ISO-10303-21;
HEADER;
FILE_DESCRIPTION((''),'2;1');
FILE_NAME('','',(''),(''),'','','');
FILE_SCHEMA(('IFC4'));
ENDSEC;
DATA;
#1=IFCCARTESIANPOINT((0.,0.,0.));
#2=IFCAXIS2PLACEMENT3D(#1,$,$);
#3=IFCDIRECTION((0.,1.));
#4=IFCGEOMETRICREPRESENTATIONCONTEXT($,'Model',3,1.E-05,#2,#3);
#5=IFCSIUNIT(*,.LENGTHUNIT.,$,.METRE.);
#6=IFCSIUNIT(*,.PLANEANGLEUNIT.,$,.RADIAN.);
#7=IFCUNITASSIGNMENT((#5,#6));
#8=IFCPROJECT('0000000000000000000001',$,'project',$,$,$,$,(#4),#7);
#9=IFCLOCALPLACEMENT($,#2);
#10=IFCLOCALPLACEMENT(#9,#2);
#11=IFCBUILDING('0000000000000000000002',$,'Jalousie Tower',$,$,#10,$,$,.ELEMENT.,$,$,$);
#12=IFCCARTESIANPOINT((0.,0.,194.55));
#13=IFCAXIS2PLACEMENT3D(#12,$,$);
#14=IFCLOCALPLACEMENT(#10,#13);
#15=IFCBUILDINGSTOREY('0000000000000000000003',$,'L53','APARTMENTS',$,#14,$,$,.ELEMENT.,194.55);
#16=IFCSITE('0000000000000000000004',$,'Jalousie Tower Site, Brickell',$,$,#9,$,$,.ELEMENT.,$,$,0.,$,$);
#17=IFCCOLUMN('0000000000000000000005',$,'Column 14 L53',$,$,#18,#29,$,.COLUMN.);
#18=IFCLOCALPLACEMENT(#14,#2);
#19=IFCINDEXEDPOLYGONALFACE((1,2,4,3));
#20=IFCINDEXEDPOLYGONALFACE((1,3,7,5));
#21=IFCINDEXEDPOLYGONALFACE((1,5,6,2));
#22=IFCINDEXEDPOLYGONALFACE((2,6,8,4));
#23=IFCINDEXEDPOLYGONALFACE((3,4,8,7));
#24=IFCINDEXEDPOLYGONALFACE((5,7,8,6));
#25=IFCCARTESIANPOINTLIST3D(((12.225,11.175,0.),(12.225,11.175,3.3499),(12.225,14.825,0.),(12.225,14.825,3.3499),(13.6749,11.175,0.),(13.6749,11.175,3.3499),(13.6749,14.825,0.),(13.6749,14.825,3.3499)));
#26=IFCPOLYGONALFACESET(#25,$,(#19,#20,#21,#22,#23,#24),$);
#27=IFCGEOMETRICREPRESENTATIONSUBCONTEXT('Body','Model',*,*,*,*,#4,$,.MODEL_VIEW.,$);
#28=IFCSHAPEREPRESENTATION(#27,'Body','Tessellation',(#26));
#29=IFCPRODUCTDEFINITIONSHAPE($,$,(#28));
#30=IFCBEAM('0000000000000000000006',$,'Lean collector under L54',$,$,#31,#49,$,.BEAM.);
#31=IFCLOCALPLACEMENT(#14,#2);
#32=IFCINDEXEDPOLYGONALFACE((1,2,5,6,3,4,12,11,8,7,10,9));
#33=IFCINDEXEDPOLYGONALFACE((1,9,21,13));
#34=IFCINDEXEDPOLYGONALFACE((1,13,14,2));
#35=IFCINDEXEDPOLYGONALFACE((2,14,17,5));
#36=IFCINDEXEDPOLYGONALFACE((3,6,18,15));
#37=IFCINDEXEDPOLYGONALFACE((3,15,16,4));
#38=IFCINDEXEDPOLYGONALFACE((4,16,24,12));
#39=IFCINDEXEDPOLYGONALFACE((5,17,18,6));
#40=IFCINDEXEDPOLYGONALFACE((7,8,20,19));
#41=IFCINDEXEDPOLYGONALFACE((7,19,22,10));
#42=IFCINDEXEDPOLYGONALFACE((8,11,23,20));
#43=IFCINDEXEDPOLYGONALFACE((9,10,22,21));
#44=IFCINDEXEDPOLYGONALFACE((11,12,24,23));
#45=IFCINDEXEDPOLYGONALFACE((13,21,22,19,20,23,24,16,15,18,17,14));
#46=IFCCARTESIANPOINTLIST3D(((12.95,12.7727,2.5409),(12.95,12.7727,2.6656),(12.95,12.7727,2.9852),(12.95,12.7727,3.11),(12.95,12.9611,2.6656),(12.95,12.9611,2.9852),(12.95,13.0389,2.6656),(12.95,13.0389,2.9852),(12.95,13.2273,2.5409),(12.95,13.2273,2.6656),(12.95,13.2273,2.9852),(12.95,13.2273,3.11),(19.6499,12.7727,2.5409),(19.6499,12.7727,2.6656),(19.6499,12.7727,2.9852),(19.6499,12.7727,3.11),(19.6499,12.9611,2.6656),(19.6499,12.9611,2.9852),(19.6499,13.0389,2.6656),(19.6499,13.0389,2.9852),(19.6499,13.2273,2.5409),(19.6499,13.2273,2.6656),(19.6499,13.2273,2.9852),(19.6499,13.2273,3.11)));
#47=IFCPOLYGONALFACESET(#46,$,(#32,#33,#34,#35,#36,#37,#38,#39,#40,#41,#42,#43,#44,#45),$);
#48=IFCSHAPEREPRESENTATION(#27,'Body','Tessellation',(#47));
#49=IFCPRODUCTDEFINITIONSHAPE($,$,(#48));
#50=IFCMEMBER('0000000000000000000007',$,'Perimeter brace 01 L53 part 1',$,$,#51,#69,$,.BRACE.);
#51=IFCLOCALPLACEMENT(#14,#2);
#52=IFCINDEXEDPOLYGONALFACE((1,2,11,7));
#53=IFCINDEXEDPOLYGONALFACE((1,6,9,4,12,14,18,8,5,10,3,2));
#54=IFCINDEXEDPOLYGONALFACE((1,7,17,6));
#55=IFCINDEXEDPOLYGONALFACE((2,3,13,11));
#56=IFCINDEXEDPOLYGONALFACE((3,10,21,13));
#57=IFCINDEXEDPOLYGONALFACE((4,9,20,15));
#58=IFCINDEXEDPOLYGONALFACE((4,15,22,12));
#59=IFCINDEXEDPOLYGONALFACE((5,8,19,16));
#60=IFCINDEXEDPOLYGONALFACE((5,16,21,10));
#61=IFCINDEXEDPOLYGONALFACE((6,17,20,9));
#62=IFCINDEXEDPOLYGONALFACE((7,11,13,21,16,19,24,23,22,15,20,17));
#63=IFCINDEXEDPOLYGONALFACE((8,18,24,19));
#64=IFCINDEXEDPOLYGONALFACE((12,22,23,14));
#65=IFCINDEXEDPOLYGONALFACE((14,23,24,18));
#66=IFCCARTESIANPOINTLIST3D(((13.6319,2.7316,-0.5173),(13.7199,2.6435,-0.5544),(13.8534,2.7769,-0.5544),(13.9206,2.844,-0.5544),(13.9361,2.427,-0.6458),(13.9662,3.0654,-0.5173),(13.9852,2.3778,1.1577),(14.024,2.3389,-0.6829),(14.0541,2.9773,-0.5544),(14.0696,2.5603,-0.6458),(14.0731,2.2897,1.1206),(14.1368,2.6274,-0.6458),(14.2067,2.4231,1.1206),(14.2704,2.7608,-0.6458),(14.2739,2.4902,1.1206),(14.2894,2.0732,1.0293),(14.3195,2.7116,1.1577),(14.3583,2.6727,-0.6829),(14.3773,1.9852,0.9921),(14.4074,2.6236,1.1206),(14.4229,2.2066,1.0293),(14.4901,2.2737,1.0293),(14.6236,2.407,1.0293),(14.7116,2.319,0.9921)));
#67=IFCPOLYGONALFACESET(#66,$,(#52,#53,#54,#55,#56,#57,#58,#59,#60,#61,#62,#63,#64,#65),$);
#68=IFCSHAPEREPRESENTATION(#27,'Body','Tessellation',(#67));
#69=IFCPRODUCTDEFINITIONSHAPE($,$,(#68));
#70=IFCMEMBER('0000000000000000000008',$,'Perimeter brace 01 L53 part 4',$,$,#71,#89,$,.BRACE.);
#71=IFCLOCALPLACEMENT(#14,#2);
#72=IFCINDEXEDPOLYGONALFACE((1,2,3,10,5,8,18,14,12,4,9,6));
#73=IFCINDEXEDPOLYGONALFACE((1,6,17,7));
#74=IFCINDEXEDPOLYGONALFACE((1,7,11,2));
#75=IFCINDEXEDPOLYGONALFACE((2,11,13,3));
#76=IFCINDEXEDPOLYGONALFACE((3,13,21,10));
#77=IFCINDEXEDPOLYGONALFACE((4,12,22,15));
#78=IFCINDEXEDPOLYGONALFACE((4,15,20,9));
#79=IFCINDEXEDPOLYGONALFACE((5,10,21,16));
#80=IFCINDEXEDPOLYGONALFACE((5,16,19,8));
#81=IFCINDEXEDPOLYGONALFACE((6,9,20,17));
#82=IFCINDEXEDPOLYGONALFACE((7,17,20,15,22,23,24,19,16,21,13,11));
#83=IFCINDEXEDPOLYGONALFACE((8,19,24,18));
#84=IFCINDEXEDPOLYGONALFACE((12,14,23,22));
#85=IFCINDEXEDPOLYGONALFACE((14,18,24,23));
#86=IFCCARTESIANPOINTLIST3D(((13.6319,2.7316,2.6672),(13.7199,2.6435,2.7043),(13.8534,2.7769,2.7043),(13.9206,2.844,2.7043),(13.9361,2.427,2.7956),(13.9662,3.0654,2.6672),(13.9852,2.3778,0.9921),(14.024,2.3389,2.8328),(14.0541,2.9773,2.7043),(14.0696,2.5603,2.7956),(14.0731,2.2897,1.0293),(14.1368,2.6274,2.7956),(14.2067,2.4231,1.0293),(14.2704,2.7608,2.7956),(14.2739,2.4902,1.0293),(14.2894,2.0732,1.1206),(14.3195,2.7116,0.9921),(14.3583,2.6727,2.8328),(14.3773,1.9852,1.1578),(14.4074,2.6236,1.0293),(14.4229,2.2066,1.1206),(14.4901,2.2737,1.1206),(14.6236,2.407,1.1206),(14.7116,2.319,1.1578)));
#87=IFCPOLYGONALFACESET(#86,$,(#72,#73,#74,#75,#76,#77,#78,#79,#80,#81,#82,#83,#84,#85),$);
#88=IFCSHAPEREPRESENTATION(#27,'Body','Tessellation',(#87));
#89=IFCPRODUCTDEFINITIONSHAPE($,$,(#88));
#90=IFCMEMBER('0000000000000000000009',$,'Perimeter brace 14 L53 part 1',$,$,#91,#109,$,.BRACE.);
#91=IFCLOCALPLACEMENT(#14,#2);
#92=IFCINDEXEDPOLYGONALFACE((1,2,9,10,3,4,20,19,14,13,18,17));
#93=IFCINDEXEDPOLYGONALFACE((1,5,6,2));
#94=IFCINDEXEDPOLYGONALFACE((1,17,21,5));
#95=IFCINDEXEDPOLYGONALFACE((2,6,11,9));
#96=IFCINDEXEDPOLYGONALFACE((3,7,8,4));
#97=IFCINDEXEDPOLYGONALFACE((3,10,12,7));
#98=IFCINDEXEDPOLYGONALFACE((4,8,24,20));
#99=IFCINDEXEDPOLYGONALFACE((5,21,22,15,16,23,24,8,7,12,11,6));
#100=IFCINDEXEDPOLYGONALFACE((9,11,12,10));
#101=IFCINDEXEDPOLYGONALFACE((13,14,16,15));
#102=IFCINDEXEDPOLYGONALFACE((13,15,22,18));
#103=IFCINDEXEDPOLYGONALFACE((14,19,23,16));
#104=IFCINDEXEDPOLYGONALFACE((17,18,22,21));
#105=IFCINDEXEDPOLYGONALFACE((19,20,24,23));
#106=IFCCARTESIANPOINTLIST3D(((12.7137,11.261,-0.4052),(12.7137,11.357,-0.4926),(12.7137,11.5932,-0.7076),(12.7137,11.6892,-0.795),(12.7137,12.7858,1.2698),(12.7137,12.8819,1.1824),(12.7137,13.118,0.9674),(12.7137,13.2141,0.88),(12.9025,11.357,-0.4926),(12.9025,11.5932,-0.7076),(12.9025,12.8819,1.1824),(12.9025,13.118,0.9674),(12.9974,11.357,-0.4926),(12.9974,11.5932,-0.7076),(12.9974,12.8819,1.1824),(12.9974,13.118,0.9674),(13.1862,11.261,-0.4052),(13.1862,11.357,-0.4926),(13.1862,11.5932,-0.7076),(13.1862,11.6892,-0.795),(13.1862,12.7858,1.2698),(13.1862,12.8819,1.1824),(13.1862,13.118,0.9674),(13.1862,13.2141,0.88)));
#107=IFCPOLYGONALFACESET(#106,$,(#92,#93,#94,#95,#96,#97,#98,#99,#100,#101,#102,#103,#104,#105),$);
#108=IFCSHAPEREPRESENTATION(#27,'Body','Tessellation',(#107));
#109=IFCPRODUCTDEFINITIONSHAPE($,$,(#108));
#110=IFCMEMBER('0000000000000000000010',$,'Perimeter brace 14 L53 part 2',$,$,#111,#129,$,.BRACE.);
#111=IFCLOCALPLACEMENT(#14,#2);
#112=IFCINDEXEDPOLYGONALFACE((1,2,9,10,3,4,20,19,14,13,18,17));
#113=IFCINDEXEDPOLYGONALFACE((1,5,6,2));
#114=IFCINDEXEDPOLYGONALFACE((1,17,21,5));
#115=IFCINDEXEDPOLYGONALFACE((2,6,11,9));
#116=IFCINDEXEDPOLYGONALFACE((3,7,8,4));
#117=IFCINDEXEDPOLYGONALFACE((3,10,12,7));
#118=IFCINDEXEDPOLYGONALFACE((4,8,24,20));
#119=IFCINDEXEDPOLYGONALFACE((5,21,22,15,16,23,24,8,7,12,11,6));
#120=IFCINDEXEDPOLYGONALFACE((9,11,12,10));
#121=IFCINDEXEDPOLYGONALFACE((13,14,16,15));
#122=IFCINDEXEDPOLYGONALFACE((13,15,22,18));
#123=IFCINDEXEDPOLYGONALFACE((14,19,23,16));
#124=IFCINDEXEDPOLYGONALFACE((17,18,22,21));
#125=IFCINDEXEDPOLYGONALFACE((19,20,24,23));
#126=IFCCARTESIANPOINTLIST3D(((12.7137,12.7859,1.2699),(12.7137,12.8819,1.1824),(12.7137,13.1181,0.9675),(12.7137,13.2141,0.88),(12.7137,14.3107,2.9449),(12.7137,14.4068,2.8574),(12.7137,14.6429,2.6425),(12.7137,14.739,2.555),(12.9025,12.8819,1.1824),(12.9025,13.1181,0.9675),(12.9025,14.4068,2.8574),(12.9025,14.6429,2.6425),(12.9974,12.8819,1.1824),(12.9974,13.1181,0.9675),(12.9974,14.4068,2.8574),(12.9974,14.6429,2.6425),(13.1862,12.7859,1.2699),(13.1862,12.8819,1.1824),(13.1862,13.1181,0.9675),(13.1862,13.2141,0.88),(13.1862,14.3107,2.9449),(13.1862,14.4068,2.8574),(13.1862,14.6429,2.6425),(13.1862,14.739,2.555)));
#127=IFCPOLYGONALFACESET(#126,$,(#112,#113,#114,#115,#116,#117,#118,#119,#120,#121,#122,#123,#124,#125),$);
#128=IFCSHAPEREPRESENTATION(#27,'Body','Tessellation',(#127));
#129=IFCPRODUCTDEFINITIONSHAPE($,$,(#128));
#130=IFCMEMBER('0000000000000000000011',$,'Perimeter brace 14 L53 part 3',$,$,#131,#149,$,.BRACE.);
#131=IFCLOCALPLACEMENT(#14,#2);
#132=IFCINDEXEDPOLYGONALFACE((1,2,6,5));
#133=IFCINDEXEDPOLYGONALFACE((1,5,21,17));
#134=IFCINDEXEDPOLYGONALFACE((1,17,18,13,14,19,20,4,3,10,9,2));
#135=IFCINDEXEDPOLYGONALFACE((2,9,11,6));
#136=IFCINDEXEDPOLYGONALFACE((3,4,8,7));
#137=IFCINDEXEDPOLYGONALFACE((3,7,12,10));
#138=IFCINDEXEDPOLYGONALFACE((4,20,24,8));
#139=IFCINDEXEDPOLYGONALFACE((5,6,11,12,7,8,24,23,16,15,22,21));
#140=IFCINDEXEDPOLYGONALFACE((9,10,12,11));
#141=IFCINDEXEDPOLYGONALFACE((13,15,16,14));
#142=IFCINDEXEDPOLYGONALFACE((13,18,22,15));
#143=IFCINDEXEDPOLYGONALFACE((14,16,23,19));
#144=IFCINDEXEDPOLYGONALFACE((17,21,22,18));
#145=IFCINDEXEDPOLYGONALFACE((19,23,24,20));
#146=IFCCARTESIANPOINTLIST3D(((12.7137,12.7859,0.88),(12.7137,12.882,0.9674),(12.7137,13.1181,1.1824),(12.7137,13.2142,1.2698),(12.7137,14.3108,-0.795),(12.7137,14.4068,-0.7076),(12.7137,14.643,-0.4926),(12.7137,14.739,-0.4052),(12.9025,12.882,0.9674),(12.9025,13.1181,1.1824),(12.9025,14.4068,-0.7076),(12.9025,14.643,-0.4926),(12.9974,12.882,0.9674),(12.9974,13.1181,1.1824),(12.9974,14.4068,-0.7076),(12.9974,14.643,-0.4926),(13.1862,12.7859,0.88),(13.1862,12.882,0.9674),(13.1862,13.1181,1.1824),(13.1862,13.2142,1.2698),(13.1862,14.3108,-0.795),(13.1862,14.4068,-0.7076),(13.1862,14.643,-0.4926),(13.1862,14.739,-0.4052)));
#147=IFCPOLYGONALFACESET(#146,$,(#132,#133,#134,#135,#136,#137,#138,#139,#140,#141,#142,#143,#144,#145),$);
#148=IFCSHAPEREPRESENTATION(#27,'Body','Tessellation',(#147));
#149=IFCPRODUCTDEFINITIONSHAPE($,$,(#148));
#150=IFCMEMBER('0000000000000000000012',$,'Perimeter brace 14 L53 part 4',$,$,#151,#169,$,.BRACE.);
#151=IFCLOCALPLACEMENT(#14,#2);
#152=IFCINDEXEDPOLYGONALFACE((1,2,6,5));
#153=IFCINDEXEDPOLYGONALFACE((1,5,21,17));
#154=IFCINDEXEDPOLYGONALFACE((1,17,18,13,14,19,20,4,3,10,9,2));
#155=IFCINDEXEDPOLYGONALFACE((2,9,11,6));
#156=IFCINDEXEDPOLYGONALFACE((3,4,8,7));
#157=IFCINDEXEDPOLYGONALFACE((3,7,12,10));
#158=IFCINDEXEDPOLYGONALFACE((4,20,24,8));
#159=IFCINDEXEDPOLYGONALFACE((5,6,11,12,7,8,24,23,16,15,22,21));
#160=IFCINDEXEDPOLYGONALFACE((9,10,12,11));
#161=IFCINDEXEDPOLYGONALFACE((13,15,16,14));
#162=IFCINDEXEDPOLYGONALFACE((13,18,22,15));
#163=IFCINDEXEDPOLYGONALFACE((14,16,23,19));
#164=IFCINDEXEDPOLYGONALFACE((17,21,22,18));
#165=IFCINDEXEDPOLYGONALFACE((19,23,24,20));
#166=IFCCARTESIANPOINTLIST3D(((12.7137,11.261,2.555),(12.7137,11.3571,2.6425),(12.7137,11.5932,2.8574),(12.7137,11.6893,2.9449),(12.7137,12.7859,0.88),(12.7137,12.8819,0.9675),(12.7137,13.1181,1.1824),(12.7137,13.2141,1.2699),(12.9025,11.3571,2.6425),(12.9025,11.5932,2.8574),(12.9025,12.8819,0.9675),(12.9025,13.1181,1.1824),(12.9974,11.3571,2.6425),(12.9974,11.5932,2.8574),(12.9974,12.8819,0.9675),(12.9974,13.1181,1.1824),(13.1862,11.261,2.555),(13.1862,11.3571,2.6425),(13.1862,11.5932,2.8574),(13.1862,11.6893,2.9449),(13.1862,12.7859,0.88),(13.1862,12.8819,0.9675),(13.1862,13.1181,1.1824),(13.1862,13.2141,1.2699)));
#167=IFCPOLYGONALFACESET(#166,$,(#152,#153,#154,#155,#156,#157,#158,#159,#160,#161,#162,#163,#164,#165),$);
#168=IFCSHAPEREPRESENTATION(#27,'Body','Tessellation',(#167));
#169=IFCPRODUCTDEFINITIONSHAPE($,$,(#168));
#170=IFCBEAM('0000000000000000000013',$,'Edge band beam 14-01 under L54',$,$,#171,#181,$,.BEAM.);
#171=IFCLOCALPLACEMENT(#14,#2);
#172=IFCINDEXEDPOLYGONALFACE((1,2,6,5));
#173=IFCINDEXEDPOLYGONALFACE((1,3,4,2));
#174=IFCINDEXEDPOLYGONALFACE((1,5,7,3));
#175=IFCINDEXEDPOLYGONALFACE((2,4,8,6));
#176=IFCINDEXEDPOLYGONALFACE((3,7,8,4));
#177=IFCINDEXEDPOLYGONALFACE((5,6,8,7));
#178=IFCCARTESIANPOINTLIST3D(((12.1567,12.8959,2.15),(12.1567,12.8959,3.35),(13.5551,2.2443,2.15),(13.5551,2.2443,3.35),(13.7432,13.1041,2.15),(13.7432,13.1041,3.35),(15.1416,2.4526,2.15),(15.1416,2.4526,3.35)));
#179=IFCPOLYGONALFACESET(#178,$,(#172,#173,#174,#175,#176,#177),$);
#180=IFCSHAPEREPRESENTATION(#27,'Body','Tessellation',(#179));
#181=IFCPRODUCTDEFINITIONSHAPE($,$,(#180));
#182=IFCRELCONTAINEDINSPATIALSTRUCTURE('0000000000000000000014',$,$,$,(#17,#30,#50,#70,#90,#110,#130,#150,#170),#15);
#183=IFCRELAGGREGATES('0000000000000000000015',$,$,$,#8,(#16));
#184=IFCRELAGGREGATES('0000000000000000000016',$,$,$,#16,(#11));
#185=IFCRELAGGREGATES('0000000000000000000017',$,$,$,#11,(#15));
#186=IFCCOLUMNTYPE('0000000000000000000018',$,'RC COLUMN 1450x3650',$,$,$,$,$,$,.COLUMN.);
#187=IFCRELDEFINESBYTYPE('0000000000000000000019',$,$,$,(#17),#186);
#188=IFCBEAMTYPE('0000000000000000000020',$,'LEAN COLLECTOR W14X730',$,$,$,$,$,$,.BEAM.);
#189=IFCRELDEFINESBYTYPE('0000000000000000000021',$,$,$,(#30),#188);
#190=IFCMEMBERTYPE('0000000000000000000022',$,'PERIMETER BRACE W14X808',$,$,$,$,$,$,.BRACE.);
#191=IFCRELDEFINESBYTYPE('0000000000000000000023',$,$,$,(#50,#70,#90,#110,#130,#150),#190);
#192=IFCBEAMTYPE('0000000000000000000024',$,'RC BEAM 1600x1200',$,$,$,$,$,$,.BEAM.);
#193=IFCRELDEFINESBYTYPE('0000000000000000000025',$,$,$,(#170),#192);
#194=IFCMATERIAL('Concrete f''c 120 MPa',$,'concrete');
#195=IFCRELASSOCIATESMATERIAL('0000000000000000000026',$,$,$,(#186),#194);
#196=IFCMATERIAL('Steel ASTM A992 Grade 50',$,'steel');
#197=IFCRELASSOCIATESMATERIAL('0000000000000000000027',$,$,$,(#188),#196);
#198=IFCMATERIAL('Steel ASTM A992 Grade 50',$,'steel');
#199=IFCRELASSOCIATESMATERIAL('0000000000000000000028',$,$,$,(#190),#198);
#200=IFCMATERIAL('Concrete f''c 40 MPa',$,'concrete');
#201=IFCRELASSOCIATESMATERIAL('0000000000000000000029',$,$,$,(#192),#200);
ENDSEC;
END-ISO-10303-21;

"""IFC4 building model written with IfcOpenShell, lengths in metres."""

from ifc_helpers import new_model, si_unit, direction, frame, origin, origin_2d, place, context, subcontext, project, spatial, rectangle, i_section, extrude, material, material_profile, profile_set, type_object, element, save


model = new_model("IFC4")

# Units and contexts
model_context = context("Model", 3, precision=1e-05, world=origin(), true_north=direction((0.0, 1.0)))
body_context = subcontext(model_context, "Body", "Model", "MODEL_VIEW")
ifc_project = project(units=[si_unit("LENGTHUNIT", "METRE"), si_unit("PLANEANGLEUNIT", "RADIAN")], contexts=[model_context])

# Site, building, storey
site_placement = place(None, origin())
site = spatial("IfcSite", under=ifc_project, at=site_placement, Name="Jalousie Tower Site, Brickell", CompositionType="ELEMENT", RefElevation=0.0)
building_placement = place(site_placement, origin())
building = spatial("IfcBuilding", under=site, at=building_placement, Name="Jalousie Tower", CompositionType="ELEMENT")
storey_placement = place(building_placement, frame((0.0, 0.0, 194.55)))
storey = spatial("IfcBuildingStorey", under=building, at=storey_placement, Name="L53", Description="APARTMENTS", CompositionType="ELEMENT", Elevation=194.55)

# Column
ifc_material_1 = material(Name="Concrete f'c 120 MPa", Category="concrete")
ifc_material_profile_1 = material_profile(ifc_material_1, rectangle(XDim=1.45, YDim=3.6499, at=origin_2d()), Name="RC 1450x3650")
ifc_profile_set_1 = profile_set([ifc_material_profile_1], Name="Concrete f'c 120 MPa")
column_type = type_object("IfcColumnType", Name="RC COLUMN 1450x3650", PredefinedType="COLUMN", material=ifc_profile_set_1)
column_placement = place(storey_placement, frame((12.95, 13.0, 0.0), z_axis=(0.0, 0.0, 1.0), x_axis=(1.0, 0.0, 0.0)))
element("IfcColumn", 1, at=column_placement, inside=storey, type_object=column_type, Name="Column 14 L53", PredefinedType="COLUMN", context=body_context, shape_type="SweptSolid", body=[
    extrude(rectangle(XDim=1.45, YDim=3.6499, at=origin_2d()), origin(), (0.0, 0.0, 1.0), 3.3499),
])

# Beam
ifc_material_2 = material(Name="Steel ASTM A992 Grade 50", Category="steel")
ifc_material_profile_2 = material_profile(ifc_material_2, i_section(OverallWidth=0.4546, OverallDepth=0.5691, WebThickness=0.0779, FlangeThickness=0.1248, at=origin_2d()), Name="W14X730")
ifc_profile_set_2 = profile_set([ifc_material_profile_2], Name="Steel ASTM A992 Grade 50")
beam_type_1 = type_object("IfcBeamType", Name="LEAN COLLECTOR W14X730", PredefinedType="BEAM", material=ifc_profile_set_2)
beam_1_placement = place(storey_placement, frame((12.95, 13.0, 2.8254), z_axis=(1.0, 0.0, 0.0), x_axis=(0.0, 1.0, 0.0)))
element("IfcBeam", 2, at=beam_1_placement, inside=storey, type_object=beam_type_1, Name="Lean collector under L54", PredefinedType="BEAM", context=body_context, shape_type="SweptSolid", body=[
    extrude(i_section(OverallWidth=0.4546, OverallDepth=0.5691, WebThickness=0.0779, FlangeThickness=0.1248, at=origin_2d()), origin(), (0.0, 0.0, 1.0), 6.7),
])

# Members
ifc_material_3 = material(Name="Steel ASTM A992 Grade 50", Category="steel")
ifc_material_profile_3 = material_profile(ifc_material_3, i_section(OverallWidth=0.4724, OverallDepth=0.5791, WebThickness=0.095, FlangeThickness=0.1299, at=origin_2d()), Name="W14X808")
ifc_profile_set_3 = profile_set([ifc_material_profile_3], Name="Steel ASTM A992 Grade 50")
member_type = type_object("IfcMemberType", Name="PERIMETER BRACE W14X808", PredefinedType="BRACE", material=ifc_profile_set_3)
for number, where, z_axis, x_axis, name in (
    (3, (13.9951, 2.7021, -0.6001), (0.202093, -0.202372, 0.95823), (0.707595, 0.706618, 0.0), "Perimeter brace 01 L53 part 1"),
    (4, (14.3484, 2.3484, 1.075), (-0.202093, 0.202372, 0.95823), (-0.707595, -0.706618, 0.0), "Perimeter brace 01 L53 part 4"),
):
    element("IfcMember", number, at=place(storey_placement, frame(where, z_axis=z_axis, x_axis=x_axis)), inside=storey, type_object=member_type, Name=name, PredefinedType="BRACE", context=body_context, shape_type="SweptSolid", body=[
        extrude(i_section(OverallWidth=0.4724, OverallDepth=0.5791, WebThickness=0.095, FlangeThickness=0.1299, at=origin_2d()), origin(), (0.0, 0.0, 1.0), 1.748),
    ])
for number, where, z_axis, x_axis, name in (
    (5, (12.95, 11.4751, -0.6001), (0.0, 0.673188, 0.739472), (-1.0, 0.0, 0.0), "Perimeter brace 14 L53 part 1"),
    (6, (12.95, 13.0, 1.075), (0.0, 0.673188, 0.739472), (-1.0, 0.0, 0.0), "Perimeter brace 14 L53 part 2"),
    (7, (12.95, 14.5249, -0.6001), (0.0, -0.673188, 0.739472), (1.0, 0.0, 0.0), "Perimeter brace 14 L53 part 3"),
    (8, (12.95, 13.0, 1.075), (0.0, -0.673188, 0.739472), (1.0, 0.0, 0.0), "Perimeter brace 14 L53 part 4"),
):
    element("IfcMember", number, at=place(storey_placement, frame(where, z_axis=z_axis, x_axis=x_axis)), inside=storey, type_object=member_type, Name=name, PredefinedType="BRACE", context=body_context, shape_type="SweptSolid", body=[
        extrude(i_section(OverallWidth=0.4724, OverallDepth=0.5791, WebThickness=0.095, FlangeThickness=0.1299, at=origin_2d()), origin(), (0.0, 0.0, 1.0), 2.2651),
    ])

# Beam
ifc_material_4 = material(Name="Concrete f'c 40 MPa", Category="concrete")
ifc_material_profile_4 = material_profile(ifc_material_4, rectangle(XDim=1.6001, YDim=1.2, at=origin_2d()), Name="RC 1600x1200")
ifc_profile_set_4 = profile_set([ifc_material_profile_4], Name="Concrete f'c 40 MPa")
beam_type_2 = type_object("IfcBeamType", Name="RC BEAM 1600x1200", PredefinedType="BEAM", material=ifc_profile_set_4)
beam_2_placement = place(storey_placement, frame((12.95, 13.0, 2.75), z_axis=(0.130172, -0.991491, 0.0), x_axis=(0.991491, 0.130172, 0.0)))
element("IfcBeam", 9, at=beam_2_placement, inside=storey, type_object=beam_type_2, Name="Edge band beam 14-01 under L54", PredefinedType="BEAM", context=body_context, shape_type="SweptSolid", body=[
    extrude(rectangle(XDim=1.6001, YDim=1.2, at=origin_2d()), origin(), (0.0, 0.0, 1.0), 10.7429),
])

save(model, "model.ifc")
